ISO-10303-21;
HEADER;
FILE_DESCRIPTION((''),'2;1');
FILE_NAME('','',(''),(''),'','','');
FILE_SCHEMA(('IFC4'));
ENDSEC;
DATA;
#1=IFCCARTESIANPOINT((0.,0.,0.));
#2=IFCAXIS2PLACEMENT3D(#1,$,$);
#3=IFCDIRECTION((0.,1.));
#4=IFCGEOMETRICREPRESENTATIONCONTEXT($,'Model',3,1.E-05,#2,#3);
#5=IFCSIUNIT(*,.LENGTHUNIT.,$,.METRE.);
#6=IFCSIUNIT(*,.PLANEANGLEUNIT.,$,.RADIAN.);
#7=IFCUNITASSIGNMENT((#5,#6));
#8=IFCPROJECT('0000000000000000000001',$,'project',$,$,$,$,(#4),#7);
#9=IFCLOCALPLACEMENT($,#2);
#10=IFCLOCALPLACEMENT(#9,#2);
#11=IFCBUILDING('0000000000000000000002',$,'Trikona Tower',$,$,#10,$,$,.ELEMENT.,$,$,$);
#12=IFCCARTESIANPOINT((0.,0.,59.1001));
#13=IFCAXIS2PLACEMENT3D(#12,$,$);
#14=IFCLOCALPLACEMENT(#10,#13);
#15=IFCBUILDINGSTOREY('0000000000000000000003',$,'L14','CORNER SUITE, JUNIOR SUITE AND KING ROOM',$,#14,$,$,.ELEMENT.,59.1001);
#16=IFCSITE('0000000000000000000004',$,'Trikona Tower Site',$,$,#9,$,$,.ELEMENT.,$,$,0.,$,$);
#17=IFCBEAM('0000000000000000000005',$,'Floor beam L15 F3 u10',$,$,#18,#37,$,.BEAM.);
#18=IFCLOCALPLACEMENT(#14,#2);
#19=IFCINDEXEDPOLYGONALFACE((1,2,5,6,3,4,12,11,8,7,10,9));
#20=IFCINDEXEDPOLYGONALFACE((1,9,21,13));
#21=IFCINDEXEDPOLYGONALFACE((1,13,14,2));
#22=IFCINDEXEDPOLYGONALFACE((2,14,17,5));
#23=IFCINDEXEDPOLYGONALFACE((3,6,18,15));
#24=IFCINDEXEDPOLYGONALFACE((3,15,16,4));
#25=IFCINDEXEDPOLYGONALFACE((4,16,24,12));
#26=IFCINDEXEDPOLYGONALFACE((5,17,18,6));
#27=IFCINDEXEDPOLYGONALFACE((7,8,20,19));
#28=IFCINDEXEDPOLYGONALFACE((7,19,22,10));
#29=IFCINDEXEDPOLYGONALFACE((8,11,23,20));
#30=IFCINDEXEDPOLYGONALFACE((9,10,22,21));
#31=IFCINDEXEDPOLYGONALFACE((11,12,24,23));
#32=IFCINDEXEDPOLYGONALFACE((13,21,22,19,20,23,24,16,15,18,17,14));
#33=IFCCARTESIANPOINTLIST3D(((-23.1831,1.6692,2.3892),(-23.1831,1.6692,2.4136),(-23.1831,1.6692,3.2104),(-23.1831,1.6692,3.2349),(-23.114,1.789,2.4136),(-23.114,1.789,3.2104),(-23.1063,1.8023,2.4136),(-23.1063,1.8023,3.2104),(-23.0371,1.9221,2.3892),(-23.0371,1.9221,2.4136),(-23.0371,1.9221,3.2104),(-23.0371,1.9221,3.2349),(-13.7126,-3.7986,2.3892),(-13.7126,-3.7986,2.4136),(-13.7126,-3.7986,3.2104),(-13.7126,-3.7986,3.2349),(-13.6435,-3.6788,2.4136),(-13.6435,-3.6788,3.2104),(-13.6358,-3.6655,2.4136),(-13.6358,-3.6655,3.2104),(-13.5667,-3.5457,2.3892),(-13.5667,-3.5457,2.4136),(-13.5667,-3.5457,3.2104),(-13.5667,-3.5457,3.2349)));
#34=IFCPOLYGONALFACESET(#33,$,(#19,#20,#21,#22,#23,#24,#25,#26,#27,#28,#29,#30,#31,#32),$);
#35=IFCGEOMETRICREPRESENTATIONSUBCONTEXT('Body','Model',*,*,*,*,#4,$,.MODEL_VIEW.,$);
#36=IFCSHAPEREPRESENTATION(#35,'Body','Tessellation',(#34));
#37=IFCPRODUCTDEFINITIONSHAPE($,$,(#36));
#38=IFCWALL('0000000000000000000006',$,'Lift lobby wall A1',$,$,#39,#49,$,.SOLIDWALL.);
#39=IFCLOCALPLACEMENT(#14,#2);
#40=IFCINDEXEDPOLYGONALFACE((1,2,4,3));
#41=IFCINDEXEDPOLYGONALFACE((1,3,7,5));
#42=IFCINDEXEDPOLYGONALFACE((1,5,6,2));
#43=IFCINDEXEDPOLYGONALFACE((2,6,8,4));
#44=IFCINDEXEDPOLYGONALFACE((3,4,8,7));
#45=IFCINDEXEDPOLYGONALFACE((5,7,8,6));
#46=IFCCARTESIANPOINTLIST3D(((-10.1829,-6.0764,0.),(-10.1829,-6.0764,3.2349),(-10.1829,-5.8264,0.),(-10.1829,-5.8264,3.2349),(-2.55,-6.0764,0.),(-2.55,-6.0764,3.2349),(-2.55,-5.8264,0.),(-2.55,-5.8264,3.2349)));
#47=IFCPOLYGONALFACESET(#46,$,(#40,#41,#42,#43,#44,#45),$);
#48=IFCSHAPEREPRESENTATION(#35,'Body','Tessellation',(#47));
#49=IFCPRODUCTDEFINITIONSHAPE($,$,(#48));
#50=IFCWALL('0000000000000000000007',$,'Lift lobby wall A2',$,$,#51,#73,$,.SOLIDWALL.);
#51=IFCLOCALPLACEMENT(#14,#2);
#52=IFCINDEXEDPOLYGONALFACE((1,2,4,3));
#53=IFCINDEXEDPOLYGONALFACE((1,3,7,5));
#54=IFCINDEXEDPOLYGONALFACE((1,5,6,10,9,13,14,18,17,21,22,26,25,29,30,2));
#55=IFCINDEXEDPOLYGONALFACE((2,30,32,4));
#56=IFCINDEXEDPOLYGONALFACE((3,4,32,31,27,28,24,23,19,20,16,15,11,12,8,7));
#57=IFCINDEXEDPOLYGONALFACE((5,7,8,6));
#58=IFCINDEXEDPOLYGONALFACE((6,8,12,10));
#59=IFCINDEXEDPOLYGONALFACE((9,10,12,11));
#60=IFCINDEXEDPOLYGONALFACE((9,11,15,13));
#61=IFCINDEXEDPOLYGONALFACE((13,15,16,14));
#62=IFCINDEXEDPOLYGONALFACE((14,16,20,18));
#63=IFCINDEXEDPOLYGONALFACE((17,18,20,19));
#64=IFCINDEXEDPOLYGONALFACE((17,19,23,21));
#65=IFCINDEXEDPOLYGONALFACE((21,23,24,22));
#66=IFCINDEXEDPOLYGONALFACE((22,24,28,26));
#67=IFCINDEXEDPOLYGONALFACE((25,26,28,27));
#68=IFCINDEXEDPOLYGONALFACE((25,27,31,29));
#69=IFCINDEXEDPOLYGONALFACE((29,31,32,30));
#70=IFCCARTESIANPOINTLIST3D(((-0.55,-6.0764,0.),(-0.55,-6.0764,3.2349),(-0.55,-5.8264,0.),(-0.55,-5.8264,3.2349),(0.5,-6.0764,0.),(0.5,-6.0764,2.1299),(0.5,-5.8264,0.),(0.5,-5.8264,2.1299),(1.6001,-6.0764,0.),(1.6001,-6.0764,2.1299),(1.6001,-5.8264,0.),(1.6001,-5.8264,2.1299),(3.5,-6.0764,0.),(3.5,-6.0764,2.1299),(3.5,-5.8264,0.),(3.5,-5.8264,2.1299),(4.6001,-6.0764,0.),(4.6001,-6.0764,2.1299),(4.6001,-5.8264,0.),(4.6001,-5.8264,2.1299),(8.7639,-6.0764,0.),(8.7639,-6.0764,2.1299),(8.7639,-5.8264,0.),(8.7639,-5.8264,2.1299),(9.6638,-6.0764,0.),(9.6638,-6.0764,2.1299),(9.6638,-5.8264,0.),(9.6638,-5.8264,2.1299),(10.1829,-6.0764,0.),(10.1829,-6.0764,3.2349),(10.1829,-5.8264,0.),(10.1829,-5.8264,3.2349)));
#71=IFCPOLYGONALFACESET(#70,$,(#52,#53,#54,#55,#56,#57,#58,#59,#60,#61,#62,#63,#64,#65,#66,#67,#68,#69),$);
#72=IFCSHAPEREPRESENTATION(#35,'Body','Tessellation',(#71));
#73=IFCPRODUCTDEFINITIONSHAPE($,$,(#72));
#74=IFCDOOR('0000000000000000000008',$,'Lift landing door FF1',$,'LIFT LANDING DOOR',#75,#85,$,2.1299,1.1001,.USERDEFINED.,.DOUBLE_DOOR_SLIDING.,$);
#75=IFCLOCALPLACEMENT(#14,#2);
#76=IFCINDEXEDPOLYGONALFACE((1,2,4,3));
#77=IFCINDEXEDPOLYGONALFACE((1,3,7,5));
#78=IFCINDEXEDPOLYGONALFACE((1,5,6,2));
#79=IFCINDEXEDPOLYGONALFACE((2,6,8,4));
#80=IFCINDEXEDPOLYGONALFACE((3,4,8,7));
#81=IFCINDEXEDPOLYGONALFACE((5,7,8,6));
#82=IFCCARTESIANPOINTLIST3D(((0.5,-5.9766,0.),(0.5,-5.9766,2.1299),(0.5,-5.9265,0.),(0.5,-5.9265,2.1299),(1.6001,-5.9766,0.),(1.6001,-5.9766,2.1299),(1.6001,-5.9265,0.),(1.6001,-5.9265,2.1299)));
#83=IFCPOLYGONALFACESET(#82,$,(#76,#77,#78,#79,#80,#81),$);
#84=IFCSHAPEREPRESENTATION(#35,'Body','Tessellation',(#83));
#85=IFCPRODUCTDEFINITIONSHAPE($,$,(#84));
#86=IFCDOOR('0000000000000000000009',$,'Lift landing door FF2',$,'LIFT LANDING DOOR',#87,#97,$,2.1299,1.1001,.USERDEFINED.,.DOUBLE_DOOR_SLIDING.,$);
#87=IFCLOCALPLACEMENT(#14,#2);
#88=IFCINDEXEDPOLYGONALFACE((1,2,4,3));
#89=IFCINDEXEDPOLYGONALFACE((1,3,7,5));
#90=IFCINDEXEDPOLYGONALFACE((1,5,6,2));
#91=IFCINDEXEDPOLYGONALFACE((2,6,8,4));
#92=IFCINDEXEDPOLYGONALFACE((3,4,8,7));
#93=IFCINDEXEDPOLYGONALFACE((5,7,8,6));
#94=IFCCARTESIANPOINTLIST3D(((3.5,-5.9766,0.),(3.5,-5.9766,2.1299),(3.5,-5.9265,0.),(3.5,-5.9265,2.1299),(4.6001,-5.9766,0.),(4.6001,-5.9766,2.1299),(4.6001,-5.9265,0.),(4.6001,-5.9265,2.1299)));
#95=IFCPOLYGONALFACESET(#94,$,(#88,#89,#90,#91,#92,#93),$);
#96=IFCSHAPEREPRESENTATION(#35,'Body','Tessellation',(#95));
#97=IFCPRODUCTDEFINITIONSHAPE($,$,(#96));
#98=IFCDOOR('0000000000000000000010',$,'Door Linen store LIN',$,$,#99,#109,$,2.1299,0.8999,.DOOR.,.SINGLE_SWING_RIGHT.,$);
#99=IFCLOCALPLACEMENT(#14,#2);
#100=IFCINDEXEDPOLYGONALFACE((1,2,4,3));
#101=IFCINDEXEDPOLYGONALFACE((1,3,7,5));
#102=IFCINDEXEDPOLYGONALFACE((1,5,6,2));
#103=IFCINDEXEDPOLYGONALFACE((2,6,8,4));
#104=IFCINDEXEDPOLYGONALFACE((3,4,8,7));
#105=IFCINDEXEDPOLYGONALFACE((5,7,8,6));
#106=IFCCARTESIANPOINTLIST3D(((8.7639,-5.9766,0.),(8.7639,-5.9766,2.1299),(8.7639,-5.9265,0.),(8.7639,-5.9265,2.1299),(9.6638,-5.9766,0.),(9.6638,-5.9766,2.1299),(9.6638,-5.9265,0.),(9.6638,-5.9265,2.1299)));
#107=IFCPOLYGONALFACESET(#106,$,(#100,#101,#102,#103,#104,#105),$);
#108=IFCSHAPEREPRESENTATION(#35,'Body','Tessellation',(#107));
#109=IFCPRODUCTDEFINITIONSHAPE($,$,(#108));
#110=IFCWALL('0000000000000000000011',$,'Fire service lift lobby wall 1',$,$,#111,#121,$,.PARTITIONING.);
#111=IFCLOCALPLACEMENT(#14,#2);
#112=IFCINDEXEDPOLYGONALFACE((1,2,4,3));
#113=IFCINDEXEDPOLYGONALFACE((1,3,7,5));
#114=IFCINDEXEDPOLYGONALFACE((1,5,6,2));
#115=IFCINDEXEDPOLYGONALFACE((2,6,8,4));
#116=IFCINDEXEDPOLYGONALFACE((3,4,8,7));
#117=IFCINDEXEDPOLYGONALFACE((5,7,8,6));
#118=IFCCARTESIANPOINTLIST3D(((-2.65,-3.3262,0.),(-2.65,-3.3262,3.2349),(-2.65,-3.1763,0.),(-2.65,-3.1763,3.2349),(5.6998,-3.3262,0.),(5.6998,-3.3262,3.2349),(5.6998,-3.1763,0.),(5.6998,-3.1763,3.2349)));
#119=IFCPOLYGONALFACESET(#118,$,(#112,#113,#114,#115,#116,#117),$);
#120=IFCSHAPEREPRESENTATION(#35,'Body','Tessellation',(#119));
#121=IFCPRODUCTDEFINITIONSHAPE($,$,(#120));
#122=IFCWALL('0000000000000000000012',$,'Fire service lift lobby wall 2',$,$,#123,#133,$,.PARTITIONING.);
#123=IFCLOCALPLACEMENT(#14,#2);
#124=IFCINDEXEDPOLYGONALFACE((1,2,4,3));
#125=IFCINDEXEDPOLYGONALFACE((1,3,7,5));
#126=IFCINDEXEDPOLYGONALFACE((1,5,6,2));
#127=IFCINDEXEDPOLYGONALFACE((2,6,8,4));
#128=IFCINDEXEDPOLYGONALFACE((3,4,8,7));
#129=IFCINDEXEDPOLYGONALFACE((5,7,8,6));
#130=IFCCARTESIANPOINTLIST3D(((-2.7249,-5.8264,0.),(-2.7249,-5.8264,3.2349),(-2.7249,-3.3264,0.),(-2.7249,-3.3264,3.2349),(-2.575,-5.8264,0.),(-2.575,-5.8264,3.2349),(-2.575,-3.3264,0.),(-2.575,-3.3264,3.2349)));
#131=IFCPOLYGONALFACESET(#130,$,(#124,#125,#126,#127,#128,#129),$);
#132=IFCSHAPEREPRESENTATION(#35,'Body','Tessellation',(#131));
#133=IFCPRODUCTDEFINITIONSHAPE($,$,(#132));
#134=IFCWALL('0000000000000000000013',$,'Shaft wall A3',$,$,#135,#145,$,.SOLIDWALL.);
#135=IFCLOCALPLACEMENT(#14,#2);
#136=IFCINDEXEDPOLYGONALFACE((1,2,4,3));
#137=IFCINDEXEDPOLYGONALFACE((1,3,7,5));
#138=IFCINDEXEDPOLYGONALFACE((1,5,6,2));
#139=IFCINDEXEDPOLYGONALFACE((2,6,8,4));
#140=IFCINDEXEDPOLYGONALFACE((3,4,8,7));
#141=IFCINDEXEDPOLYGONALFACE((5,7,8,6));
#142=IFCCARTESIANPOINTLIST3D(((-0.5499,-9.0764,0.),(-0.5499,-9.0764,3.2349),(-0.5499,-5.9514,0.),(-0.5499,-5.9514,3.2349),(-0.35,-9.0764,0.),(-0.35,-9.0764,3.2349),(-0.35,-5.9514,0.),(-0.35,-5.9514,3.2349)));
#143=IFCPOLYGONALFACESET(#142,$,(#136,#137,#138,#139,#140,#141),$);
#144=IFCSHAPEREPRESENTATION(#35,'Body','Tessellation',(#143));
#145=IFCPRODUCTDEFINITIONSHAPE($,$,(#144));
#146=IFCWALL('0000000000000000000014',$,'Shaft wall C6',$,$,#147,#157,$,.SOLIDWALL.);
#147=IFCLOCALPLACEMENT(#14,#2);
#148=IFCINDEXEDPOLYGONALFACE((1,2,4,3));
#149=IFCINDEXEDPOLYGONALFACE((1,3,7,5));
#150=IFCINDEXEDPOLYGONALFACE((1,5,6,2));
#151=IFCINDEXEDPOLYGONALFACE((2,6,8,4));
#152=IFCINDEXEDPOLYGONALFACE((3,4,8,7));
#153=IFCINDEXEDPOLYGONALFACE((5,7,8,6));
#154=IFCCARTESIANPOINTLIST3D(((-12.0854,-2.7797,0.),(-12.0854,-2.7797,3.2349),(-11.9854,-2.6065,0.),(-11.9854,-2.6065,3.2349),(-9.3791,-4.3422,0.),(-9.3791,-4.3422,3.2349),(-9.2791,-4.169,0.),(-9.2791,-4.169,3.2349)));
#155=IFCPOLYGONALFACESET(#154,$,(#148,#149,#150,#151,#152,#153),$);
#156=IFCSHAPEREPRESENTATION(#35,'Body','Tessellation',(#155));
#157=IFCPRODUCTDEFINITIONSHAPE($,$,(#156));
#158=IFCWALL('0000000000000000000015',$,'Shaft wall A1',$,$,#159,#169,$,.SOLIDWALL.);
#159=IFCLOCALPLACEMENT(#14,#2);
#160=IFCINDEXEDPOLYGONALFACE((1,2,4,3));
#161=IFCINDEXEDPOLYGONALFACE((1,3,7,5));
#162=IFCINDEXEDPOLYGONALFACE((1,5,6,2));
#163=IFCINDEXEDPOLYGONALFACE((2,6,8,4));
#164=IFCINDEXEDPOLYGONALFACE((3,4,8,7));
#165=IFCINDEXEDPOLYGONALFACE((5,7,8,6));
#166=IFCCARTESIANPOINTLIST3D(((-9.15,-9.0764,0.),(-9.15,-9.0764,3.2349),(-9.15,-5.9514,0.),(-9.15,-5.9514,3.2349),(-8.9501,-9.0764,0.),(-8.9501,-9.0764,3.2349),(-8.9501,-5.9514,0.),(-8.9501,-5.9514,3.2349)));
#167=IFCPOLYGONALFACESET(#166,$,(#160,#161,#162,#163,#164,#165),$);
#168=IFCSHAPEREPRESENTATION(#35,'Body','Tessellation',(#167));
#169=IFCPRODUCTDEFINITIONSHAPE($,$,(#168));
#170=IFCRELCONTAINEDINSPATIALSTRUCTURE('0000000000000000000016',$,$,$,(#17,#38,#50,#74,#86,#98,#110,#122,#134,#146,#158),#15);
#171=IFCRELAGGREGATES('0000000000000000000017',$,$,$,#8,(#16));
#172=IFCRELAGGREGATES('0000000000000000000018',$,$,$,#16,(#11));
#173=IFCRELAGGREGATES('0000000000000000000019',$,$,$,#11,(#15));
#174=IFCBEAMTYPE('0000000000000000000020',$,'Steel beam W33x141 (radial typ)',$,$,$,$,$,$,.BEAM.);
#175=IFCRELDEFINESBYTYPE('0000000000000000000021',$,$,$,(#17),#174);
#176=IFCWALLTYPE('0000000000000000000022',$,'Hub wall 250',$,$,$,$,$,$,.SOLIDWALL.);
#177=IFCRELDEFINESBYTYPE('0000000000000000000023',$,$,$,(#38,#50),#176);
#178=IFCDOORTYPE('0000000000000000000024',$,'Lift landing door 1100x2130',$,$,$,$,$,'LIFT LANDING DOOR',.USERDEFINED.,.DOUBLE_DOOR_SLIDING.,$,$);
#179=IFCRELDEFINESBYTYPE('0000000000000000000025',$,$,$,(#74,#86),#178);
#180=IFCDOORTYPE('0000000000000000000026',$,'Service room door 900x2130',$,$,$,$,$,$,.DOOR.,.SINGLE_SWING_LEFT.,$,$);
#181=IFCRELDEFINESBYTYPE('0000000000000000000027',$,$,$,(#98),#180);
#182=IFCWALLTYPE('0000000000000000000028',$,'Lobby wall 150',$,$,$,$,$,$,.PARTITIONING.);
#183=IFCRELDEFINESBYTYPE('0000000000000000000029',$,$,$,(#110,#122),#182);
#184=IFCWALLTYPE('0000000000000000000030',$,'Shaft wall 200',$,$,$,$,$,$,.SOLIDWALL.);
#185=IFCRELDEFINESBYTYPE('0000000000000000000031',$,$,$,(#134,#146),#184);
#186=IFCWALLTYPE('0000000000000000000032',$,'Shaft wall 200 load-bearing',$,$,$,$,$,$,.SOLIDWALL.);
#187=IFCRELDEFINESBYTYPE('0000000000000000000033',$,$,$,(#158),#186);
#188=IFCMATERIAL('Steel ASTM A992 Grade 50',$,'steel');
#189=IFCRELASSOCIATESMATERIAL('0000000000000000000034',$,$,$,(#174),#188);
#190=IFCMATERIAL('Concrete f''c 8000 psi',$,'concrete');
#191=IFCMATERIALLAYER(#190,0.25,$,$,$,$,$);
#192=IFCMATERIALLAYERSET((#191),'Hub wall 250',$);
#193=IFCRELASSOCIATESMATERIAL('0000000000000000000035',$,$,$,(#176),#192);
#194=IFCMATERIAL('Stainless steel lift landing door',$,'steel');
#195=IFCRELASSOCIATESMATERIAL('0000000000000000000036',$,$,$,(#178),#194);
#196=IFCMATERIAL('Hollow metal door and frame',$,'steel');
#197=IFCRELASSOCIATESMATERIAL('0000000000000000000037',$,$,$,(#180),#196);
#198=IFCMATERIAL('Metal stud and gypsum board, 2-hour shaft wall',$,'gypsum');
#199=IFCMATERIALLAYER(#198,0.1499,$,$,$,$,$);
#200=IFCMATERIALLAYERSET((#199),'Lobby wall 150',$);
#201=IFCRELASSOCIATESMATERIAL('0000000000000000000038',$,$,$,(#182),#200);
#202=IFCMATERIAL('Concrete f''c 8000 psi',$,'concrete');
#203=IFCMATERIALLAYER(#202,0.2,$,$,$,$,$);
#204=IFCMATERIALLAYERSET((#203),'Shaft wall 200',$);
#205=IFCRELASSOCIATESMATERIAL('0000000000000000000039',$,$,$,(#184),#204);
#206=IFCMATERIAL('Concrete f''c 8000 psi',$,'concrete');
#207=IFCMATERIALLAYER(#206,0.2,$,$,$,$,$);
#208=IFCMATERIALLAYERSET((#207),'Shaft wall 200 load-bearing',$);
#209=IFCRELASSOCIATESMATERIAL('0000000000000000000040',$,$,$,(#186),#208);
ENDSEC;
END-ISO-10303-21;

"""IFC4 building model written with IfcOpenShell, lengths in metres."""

from ifc_helpers import new_model, si_unit, direction, frame, frame_2d, origin, origin_2d, place, context, subcontext, project, spatial, rectangle, i_section, extrude, material, layer, layer_set, material_profile, profile_set, type_object, element, fill, save


model = new_model("IFC4")

# Units and contexts
model_context = context("Model", 3, precision=1e-05, world=origin(), true_north=direction((0.0, 1.0)))
body_context = subcontext(model_context, "Body", "Model", "MODEL_VIEW")
ifc_project = project(units=[si_unit("LENGTHUNIT", "METRE"), si_unit("PLANEANGLEUNIT", "RADIAN")], contexts=[model_context])

# Site, building, storey
site_placement = place(None, origin())
site = spatial("IfcSite", under=ifc_project, at=site_placement, Name="Trikona Tower Site", CompositionType="ELEMENT", RefElevation=0.0)
building_placement = place(site_placement, origin())
building = spatial("IfcBuilding", under=site, at=building_placement, Name="Trikona Tower", CompositionType="ELEMENT")
storey_placement = place(building_placement, frame((0.0, 0.0, 59.1001)))
storey = spatial("IfcBuildingStorey", under=building, at=storey_placement, Name="L14", Description="CORNER SUITE, JUNIOR SUITE AND KING ROOM", CompositionType="ELEMENT", Elevation=59.1001)

# Beam
ifc_material_1 = material(Name="Steel ASTM A992 Grade 50", Category="steel")
ifc_material_profile = material_profile(ifc_material_1, i_section(OverallWidth=0.292, OverallDepth=0.8457, WebThickness=0.0154, FlangeThickness=0.0244, at=origin_2d()), Name="W33X141")
ifc_profile_set = profile_set([ifc_material_profile], Name="Steel ASTM A992 Grade 50")
beam_type = type_object("IfcBeamType", Name="Steel beam W33x141 (radial typ)", PredefinedType="BEAM", material=ifc_profile_set)
beam_placement = place(storey_placement, frame((-13.6396, -3.6721, 2.812), z_axis=(-0.866025, 0.5, 0.0), x_axis=(-0.5, -0.866025, 0.0)))
element("IfcBeam", 1, at=beam_placement, inside=storey, type_object=beam_type, Name="Floor beam L15 F3 u10", PredefinedType="BEAM", context=body_context, shape_type="SweptSolid", body=[
    extrude(i_section(OverallWidth=0.292, OverallDepth=0.8457, WebThickness=0.0154, FlangeThickness=0.0244, at=origin_2d()), origin(), (0.0, 0.0, 1.0), 10.9355),
])

# Wall
ifc_material_2 = material(Name="Concrete f'c 8000 psi", Category="concrete")
ifc_layer_1 = layer(ifc_material_2, 0.25)
ifc_layer_set_1 = layer_set([ifc_layer_1], Name="Hub wall 250")
wall_type_1 = type_object("IfcWallType", Name="Hub wall 250", PredefinedType="SOLIDWALL", material=ifc_layer_set_1)
wall_1_placement = place(storey_placement, frame((-10.1829, -5.9514, 0.0), z_axis=(0.0, 0.0, 1.0), x_axis=(1.0, 0.0, 0.0)))
element("IfcWall", 2, at=wall_1_placement, inside=storey, type_object=wall_type_1, Name="Lift lobby wall A1", PredefinedType="SOLIDWALL", context=body_context, shape_type="SweptSolid", body=[
    extrude(rectangle(XDim=7.6328, YDim=0.25, at=frame_2d((3.8164, 0.0))), origin(), (0.0, 0.0, 1.0), 3.2349),
])

# Wall, openings, doors
wall_2_placement = place(storey_placement, frame((-0.55, -5.9514, 0.0), z_axis=(0.0, 0.0, 1.0), x_axis=(1.0, 0.0, 0.0)))
wall_2 = element("IfcWall", 3, at=wall_2_placement, inside=storey, type_object=wall_type_1, Name="Lift lobby wall A2", PredefinedType="SOLIDWALL", context=body_context, shape_type="SweptSolid", body=[
    extrude(rectangle(XDim=10.7329, YDim=0.25, at=frame_2d((5.3665, 0.0))), origin(), (0.0, 0.0, 1.0), 3.2349),
])
opening_1_placement = place(wall_2_placement, frame((9.314, 0.0, 0.0)))
opening_1 = element("IfcOpeningElement", 4, at=opening_1_placement, cuts=wall_2, PredefinedType="OPENING", context=body_context, shape_type="SweptSolid", body=[
    extrude(rectangle(XDim=0.8999, YDim=2.1299, at=frame_2d((0.45, 1.0649))), frame((0.0, 0.135, 0.0), z_axis=(0.0, -1.0, 0.0), x_axis=(1.0, 0.0, 0.0)), (0.0, 0.0, 1.0), 0.27),
])
opening_2_placement = place(wall_2_placement, frame((1.05, 0.0, 0.0)))
opening_2 = element("IfcOpeningElement", 5, at=opening_2_placement, cuts=wall_2, PredefinedType="OPENING", context=body_context, shape_type="SweptSolid", body=[
    extrude(rectangle(XDim=1.1001, YDim=2.1299, at=frame_2d((0.55, 1.0649))), frame((0.0, 0.135, 0.0), z_axis=(0.0, -1.0, 0.0), x_axis=(1.0, 0.0, 0.0)), (0.0, 0.0, 1.0), 0.27),
])
opening_3_placement = place(wall_2_placement, frame((4.05, 0.0, 0.0)))
opening_3 = element("IfcOpeningElement", 6, at=opening_3_placement, cuts=wall_2, PredefinedType="OPENING", context=body_context, shape_type="SweptSolid", body=[
    extrude(rectangle(XDim=1.1001, YDim=2.1299, at=frame_2d((0.55, 1.0649))), frame((0.0, 0.135, 0.0), z_axis=(0.0, -1.0, 0.0), x_axis=(1.0, 0.0, 0.0)), (0.0, 0.0, 1.0), 0.27),
])
ifc_material_3 = material(Name="Stainless steel lift landing door", Category="steel")
door_type_1 = type_object("IfcDoorType", Name="Lift landing door 1100x2130", ElementType="LIFT LANDING DOOR", OperationType="DOUBLE_DOOR_SLIDING", PredefinedType="USERDEFINED", material=ifc_material_3)
door_1_placement = place(opening_2_placement, origin())
door_1 = element("IfcDoor", 7, at=door_1_placement, inside=storey, type_object=door_type_1, Name="Lift landing door FF1", ObjectType="LIFT LANDING DOOR", OperationType="DOUBLE_DOOR_SLIDING", OverallHeight=2.1299, OverallWidth=1.1001, PredefinedType="USERDEFINED", context=body_context, shape_type="SweptSolid", body=[
    extrude(rectangle(XDim=1.1001, YDim=2.1299, at=frame_2d((0.55, 1.0649))), frame((0.0, 0.0249, 0.0), z_axis=(0.0, -1.0, 0.0), x_axis=(1.0, 0.0, 0.0)), (0.0, 0.0, 1.0), 0.05),
])
fill(opening_2, door_1)
door_2_placement = place(opening_3_placement, origin())
door_2 = element("IfcDoor", 8, at=door_2_placement, inside=storey, type_object=door_type_1, Name="Lift landing door FF2", ObjectType="LIFT LANDING DOOR", OperationType="DOUBLE_DOOR_SLIDING", OverallHeight=2.1299, OverallWidth=1.1001, PredefinedType="USERDEFINED", context=body_context, shape_type="SweptSolid", body=[
    extrude(rectangle(XDim=1.1001, YDim=2.1299, at=frame_2d((0.55, 1.0649))), frame((0.0, 0.0249, 0.0), z_axis=(0.0, -1.0, 0.0), x_axis=(1.0, 0.0, 0.0)), (0.0, 0.0, 1.0), 0.05),
])
fill(opening_3, door_2)
ifc_material_4 = material(Name="Hollow metal door and frame", Category="steel")
door_type_2 = type_object("IfcDoorType", Name="Service room door 900x2130", OperationType="SINGLE_SWING_LEFT", PredefinedType="DOOR", material=ifc_material_4)
door_3_placement = place(opening_1_placement, origin())
door_3 = element("IfcDoor", 9, at=door_3_placement, inside=storey, type_object=door_type_2, Name="Door Linen store LIN", OperationType="SINGLE_SWING_RIGHT", OverallHeight=2.1299, OverallWidth=0.8999, PredefinedType="DOOR", context=body_context, shape_type="SweptSolid", body=[
    extrude(rectangle(XDim=0.8999, YDim=2.1299, at=frame_2d((0.45, 1.0649))), frame((0.0, 0.0249, 0.0), z_axis=(0.0, -1.0, 0.0), x_axis=(1.0, 0.0, 0.0)), (0.0, 0.0, 1.0), 0.05),
])
fill(opening_1, door_3)

# Walls
ifc_material_5 = material(Name="Metal stud and gypsum board, 2-hour shaft wall", Category="gypsum")
ifc_layer_2 = layer(ifc_material_5, 0.1499)
ifc_layer_set_2 = layer_set([ifc_layer_2], Name="Lobby wall 150")
wall_type_2 = type_object("IfcWallType", Name="Lobby wall 150", PredefinedType="PARTITIONING", material=ifc_layer_set_2)
wall_3_placement = place(storey_placement, frame((-2.6499, -3.2512, 0.0), z_axis=(0.0, 0.0, 1.0), x_axis=(1.0, 0.0, 0.0)))
element("IfcWall", 10, at=wall_3_placement, inside=storey, type_object=wall_type_2, Name="Fire service lift lobby wall 1", PredefinedType="PARTITIONING", context=body_context, shape_type="SweptSolid", body=[
    extrude(rectangle(XDim=8.3499, YDim=0.1499, at=frame_2d((4.1748, 0.0))), origin(), (0.0, 0.0, 1.0), 3.2349),
])
wall_4_placement = place(storey_placement, frame((-2.6499, -5.8264, 0.0), z_axis=(0.0, 0.0, 1.0), x_axis=(0.0, 1.0, 0.0)))
element("IfcWall", 11, at=wall_4_placement, inside=storey, type_object=wall_type_2, Name="Fire service lift lobby wall 2", PredefinedType="PARTITIONING", context=body_context, shape_type="SweptSolid", body=[
    extrude(rectangle(XDim=2.5, YDim=0.1499, at=frame_2d((1.25, 0.0))), origin(), (0.0, 0.0, 1.0), 3.2349),
])
ifc_material_6 = material(Name="Concrete f'c 8000 psi", Category="concrete")
ifc_layer_3 = layer(ifc_material_6, 0.2)
ifc_layer_set_3 = layer_set([ifc_layer_3], Name="Shaft wall 200")
wall_type_3 = type_object("IfcWallType", Name="Shaft wall 200", PredefinedType="SOLIDWALL", material=ifc_layer_set_3)
for number, where, z_axis, x_axis, name in (
    (12, (-0.45, -5.9514, 0.0), (0.0, 0.0, 1.0), (0.0, -1.0, 0.0), "Shaft wall A3"),
    (13, (-9.3291, -4.2556, 0.0), (0.0, 0.0, 1.0), (-0.866023, 0.500004, 0.0), "Shaft wall C6"),
):
    element("IfcWall", number, at=place(storey_placement, frame(where, z_axis=z_axis, x_axis=x_axis)), inside=storey, type_object=wall_type_3, Name=name, PredefinedType="SOLIDWALL", context=body_context, shape_type="SweptSolid", body=[
        extrude(rectangle(XDim=3.125, YDim=0.2, at=frame_2d((1.5625, 0.0))), origin(), (0.0, 0.0, 1.0), 3.2349),
    ])
ifc_material_7 = material(Name="Concrete f'c 8000 psi", Category="concrete")
ifc_layer_4 = layer(ifc_material_7, 0.2)
ifc_layer_set_4 = layer_set([ifc_layer_4], Name="Shaft wall 200 load-bearing")
wall_type_4 = type_object("IfcWallType", Name="Shaft wall 200 load-bearing", PredefinedType="SOLIDWALL", material=ifc_layer_set_4)
wall_5_placement = place(storey_placement, frame((-9.05, -5.9514, 0.0), z_axis=(0.0, 0.0, 1.0), x_axis=(0.0, -1.0, 0.0)))
element("IfcWall", 14, at=wall_5_placement, inside=storey, type_object=wall_type_4, Name="Shaft wall A1", PredefinedType="SOLIDWALL", context=body_context, shape_type="SweptSolid", body=[
    extrude(rectangle(XDim=3.125, YDim=0.2, at=frame_2d((1.5625, 0.0))), origin(), (0.0, 0.0, 1.0), 3.2349),
])

save(model, "model.ifc")
